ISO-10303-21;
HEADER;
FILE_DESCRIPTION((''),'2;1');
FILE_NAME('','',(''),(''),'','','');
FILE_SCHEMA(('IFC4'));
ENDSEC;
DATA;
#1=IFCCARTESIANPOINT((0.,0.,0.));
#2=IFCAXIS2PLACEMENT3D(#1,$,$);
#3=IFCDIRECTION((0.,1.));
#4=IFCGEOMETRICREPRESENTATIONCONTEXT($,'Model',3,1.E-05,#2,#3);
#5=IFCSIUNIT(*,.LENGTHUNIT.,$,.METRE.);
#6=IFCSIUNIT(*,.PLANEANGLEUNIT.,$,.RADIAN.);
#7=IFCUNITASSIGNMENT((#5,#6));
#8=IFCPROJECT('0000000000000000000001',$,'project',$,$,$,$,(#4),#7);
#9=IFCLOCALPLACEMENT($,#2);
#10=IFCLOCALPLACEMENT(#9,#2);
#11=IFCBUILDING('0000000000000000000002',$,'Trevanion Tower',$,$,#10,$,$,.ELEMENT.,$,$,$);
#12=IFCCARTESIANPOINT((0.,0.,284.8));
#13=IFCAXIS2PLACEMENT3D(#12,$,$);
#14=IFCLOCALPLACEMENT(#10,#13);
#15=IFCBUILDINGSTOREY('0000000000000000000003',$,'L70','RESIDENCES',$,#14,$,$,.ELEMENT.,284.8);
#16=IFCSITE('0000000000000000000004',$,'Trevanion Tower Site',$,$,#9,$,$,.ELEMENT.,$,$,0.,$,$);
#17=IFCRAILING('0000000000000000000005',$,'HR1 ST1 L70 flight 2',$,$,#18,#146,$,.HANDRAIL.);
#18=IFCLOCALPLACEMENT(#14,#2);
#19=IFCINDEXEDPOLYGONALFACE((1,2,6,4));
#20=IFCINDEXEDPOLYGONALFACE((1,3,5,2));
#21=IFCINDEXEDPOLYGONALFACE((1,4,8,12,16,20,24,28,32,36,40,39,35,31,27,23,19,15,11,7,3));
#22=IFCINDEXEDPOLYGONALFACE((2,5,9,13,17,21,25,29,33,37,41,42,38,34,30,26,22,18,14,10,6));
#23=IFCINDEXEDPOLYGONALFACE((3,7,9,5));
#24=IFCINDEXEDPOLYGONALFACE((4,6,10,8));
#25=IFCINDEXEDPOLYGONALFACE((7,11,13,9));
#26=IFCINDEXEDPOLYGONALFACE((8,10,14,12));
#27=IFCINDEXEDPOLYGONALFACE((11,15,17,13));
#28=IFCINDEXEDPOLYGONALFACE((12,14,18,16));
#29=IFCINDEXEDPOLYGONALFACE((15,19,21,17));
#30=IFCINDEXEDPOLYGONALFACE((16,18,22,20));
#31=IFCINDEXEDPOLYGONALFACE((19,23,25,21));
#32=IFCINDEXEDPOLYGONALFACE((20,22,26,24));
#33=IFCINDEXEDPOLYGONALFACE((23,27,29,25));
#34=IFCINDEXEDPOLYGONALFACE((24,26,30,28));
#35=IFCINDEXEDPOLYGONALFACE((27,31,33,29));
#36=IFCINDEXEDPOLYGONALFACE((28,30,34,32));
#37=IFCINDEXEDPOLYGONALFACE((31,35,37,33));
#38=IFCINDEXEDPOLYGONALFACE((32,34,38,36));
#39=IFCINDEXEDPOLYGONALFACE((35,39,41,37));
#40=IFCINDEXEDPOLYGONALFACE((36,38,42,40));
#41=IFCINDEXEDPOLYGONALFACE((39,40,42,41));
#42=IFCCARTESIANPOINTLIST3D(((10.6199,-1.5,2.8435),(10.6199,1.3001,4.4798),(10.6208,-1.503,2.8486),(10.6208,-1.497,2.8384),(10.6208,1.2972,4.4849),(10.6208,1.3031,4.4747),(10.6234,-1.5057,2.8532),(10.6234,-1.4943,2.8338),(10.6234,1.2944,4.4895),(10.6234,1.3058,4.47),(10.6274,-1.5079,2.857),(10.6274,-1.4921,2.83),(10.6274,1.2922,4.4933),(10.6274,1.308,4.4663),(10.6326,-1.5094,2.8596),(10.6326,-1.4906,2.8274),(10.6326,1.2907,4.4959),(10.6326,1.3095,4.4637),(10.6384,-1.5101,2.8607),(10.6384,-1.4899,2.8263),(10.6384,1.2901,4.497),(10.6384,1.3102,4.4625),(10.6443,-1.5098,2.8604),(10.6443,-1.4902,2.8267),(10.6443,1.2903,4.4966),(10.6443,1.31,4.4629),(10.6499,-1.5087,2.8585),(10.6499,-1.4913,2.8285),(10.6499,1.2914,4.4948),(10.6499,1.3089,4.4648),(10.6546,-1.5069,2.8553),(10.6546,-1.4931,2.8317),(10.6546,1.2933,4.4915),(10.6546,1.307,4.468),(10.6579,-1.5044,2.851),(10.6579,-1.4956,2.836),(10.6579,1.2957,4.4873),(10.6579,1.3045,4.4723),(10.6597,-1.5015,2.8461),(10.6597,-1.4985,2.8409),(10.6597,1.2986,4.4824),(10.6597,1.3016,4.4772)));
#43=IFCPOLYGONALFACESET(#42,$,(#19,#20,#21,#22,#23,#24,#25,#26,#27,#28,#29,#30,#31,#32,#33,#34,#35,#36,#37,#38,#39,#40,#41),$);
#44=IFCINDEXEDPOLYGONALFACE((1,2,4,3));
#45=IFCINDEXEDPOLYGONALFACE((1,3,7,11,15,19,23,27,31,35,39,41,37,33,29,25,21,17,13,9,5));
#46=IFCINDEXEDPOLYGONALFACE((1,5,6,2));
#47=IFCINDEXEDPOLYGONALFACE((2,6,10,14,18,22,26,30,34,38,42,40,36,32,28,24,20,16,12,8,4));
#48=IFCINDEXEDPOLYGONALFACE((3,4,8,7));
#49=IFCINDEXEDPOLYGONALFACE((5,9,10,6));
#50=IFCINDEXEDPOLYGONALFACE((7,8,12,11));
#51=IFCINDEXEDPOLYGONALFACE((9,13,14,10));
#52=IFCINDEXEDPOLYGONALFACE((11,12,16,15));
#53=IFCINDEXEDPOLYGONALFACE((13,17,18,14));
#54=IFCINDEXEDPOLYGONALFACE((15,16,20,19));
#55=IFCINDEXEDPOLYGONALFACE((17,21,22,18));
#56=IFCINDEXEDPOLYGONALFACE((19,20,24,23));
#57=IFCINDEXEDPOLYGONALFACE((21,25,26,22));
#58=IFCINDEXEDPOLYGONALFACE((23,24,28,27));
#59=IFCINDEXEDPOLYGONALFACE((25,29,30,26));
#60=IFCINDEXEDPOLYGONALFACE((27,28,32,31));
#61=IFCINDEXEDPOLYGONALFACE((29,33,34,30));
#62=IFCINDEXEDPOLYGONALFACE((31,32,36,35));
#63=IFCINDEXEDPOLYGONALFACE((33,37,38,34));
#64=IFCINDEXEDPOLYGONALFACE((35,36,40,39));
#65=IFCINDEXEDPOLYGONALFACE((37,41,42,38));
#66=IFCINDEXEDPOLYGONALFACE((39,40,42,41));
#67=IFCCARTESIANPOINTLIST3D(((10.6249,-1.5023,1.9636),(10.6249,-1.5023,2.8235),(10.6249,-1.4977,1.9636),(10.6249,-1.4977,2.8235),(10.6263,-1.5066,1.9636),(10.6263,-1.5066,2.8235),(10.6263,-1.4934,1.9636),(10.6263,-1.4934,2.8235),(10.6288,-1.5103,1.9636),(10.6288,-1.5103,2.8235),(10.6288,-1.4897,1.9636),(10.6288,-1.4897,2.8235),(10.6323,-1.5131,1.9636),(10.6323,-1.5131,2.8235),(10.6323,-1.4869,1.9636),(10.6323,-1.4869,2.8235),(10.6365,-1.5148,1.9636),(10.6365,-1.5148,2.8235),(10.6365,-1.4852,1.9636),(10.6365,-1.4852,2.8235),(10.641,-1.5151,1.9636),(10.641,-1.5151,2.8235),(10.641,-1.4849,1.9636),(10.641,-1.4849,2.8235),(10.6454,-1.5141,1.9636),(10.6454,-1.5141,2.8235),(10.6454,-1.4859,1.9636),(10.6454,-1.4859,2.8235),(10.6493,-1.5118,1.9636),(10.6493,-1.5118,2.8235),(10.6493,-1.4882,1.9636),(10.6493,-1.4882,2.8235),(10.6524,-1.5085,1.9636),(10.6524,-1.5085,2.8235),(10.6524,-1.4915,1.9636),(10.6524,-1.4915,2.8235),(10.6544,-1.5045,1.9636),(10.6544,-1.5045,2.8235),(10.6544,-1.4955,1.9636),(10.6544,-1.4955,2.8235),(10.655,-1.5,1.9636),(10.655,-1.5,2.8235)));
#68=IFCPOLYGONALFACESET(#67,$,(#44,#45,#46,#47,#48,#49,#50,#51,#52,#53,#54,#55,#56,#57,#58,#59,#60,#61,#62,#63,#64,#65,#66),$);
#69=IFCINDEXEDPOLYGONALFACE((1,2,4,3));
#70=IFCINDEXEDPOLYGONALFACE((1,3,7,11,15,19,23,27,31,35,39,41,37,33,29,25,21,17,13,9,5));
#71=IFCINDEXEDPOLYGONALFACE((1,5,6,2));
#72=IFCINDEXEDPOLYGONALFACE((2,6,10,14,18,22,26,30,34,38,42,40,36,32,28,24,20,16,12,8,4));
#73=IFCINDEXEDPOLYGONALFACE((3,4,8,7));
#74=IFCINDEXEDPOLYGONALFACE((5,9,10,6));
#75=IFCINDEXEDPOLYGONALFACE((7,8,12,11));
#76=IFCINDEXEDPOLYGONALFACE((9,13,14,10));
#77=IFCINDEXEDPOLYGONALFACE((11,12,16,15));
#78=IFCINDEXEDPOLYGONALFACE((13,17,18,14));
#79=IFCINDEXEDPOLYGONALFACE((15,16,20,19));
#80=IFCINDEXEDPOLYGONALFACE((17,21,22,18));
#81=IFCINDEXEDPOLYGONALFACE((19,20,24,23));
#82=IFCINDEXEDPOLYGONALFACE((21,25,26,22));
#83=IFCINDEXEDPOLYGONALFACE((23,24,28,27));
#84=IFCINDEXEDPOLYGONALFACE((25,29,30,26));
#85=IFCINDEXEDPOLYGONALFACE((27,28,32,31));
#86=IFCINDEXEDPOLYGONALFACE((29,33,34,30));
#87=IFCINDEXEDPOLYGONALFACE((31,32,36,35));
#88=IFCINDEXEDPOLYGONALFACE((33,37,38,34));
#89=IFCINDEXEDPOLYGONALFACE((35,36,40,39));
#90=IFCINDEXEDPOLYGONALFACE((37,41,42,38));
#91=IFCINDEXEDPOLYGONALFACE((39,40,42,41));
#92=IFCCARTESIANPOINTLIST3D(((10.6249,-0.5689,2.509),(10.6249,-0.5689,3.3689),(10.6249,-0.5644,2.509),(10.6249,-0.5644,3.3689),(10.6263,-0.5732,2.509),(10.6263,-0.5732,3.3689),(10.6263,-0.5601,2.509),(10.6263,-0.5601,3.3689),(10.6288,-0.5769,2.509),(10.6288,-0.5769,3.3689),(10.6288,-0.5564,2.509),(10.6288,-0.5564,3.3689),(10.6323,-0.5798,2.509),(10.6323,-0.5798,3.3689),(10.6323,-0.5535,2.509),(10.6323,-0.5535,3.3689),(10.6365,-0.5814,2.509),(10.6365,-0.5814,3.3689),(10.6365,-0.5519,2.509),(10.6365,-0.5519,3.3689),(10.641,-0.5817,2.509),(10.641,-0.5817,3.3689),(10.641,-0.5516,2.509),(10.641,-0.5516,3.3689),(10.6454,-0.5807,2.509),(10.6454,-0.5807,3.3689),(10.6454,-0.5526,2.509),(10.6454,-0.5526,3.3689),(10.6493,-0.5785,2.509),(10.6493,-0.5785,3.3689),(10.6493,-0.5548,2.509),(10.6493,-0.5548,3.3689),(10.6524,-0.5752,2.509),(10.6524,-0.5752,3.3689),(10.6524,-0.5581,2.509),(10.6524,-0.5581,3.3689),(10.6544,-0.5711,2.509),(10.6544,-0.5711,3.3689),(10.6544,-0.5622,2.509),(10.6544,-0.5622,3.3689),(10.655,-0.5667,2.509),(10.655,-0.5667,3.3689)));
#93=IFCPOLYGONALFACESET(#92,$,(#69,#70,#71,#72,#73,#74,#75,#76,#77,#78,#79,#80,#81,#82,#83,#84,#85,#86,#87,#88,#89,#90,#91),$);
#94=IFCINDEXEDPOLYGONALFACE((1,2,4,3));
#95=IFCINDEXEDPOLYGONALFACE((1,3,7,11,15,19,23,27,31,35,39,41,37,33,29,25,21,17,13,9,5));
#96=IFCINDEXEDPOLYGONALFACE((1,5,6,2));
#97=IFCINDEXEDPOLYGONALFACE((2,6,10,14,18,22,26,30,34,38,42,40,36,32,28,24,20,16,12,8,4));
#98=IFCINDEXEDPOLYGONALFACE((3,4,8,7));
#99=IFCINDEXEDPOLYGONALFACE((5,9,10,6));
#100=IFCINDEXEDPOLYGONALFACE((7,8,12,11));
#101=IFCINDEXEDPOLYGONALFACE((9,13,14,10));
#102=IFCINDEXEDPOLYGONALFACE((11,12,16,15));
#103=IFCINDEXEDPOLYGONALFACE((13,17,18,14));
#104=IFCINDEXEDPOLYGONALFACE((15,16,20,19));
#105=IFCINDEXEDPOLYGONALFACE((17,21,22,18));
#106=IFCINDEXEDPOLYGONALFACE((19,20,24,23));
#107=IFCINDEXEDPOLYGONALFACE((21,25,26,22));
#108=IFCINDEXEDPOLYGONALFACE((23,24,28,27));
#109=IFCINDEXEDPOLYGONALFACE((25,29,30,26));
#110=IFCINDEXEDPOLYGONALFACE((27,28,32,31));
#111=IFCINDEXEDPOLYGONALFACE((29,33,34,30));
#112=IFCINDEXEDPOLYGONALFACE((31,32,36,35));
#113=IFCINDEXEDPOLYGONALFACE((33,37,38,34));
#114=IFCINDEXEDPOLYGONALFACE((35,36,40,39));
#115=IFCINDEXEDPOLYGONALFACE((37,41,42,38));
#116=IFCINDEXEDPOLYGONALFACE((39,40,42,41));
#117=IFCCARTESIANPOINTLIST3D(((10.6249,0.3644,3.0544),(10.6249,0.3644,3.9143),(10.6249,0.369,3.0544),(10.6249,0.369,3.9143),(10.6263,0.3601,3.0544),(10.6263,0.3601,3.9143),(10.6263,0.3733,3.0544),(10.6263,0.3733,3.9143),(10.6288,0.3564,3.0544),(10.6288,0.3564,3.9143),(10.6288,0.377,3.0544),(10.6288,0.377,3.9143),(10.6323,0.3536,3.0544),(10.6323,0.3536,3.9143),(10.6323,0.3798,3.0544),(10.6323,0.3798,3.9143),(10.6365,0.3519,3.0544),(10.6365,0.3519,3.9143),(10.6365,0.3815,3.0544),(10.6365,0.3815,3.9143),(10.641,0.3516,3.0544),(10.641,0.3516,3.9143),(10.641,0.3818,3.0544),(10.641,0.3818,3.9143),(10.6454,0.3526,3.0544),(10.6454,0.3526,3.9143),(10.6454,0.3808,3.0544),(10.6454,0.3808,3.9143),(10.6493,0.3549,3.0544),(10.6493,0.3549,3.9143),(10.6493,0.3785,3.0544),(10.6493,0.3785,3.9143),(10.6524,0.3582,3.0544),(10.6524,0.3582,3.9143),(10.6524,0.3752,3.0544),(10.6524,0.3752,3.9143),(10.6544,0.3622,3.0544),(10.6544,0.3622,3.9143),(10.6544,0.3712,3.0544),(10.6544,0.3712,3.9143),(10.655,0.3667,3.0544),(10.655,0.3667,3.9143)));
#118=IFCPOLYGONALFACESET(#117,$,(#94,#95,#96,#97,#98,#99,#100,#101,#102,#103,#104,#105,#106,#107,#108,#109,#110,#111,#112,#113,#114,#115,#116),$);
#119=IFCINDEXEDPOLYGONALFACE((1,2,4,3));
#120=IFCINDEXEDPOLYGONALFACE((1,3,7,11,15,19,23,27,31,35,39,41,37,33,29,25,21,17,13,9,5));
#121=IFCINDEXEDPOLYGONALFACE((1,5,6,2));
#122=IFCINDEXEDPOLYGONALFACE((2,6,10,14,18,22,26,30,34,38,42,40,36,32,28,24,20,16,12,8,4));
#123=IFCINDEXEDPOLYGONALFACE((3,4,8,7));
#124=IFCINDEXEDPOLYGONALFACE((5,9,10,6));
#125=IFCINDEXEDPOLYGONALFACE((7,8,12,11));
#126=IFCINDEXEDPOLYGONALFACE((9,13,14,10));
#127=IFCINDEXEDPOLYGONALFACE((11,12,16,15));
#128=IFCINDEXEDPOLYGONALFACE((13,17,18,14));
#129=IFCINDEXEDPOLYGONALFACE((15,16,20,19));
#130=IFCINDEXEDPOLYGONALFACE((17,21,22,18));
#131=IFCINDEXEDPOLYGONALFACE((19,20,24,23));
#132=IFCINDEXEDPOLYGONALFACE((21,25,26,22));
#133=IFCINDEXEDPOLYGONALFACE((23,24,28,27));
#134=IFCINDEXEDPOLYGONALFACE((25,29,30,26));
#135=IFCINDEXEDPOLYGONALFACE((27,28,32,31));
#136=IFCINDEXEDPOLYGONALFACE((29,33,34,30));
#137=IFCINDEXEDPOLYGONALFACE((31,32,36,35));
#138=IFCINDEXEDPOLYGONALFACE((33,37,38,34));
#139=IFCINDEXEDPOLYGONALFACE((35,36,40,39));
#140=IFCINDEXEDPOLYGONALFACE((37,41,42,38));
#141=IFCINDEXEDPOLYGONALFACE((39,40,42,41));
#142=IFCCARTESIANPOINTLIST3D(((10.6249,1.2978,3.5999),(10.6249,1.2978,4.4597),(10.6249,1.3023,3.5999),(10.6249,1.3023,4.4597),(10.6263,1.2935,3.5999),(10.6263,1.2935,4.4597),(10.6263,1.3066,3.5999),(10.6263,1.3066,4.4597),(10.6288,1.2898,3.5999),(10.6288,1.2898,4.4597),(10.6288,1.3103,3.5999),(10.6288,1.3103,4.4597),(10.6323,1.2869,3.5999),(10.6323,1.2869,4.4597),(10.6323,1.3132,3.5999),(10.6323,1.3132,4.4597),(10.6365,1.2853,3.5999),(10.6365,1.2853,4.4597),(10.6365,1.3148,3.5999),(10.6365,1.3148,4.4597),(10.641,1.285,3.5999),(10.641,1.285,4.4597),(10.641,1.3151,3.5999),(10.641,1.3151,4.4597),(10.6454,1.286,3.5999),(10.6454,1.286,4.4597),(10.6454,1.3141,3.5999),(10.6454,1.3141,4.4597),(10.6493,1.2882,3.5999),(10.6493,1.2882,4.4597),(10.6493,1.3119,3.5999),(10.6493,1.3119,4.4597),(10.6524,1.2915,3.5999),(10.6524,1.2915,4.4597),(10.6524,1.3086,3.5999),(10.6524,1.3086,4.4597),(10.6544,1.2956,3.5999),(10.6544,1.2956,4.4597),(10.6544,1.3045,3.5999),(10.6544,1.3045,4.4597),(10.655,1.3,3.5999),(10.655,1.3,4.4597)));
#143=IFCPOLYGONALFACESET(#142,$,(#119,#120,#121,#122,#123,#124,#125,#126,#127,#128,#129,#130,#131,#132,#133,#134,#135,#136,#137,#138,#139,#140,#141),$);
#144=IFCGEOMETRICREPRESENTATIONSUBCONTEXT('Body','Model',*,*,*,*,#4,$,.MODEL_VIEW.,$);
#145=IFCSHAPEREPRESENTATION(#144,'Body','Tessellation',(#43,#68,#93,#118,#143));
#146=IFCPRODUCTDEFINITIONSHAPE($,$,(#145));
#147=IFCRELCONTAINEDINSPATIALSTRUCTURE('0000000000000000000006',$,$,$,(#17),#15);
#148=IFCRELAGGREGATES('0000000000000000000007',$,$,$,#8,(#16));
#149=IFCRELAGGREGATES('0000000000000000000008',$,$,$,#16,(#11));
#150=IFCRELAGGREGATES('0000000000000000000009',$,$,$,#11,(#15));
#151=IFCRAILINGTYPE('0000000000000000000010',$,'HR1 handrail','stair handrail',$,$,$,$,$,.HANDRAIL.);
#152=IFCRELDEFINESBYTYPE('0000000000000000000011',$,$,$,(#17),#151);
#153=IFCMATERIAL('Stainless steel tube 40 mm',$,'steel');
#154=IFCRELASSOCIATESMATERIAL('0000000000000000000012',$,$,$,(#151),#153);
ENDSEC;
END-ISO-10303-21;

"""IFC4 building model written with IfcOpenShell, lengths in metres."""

from ifc_helpers import new_model, si_unit, direction, frame, origin, origin_2d, place, context, subcontext, project, spatial, circle, extrude, material, type_object, element, save


model = new_model("IFC4")

# Units and contexts
model_context = context("Model", 3, precision=1e-05, world=origin(), true_north=direction((0.0, 1.0)))
body_context = subcontext(model_context, "Body", "Model", "MODEL_VIEW")
ifc_project = project(units=[si_unit("LENGTHUNIT", "METRE"), si_unit("PLANEANGLEUNIT", "RADIAN")], contexts=[model_context])

# Site, building, storey
site_placement = place(None, origin())
site = spatial("IfcSite", under=ifc_project, at=site_placement, Name="Trevanion Tower Site", CompositionType="ELEMENT", RefElevation=0.0)
building_placement = place(site_placement, origin())
building = spatial("IfcBuilding", under=site, at=building_placement, Name="Trevanion Tower", CompositionType="ELEMENT")
storey_placement = place(building_placement, frame((0.0, 0.0, 284.8)))
storey = spatial("IfcBuildingStorey", under=building, at=storey_placement, Name="L70", Description="RESIDENCES", CompositionType="ELEMENT", Elevation=284.8)

# Railing
ifc_material_1 = material(Name="Stainless steel tube 40 mm", Category="steel")
railing_type = type_object("IfcRailingType", Name="HR1 handrail", Description="stair handrail", PredefinedType="HANDRAIL", material=ifc_material_1)
for number, where, name in (
    (1, (10.6399, -1.5, 1.9636), "HR1 ST1 L70 flight 2"),
):
    element("IfcRailing", number, at=place(storey_placement, frame(where)), inside=storey, type_object=railing_type, Name=name, PredefinedType="HANDRAIL", context=body_context, shape_type="SweptSolid", body=[
        extrude(circle(Radius=0.02, at=origin_2d()), frame((0.0, 0.0, 0.8799), z_axis=(0.0, 0.863394, 0.504531), x_axis=(-1.0, 0.0, 0.0)), (0.0, 0.0, 1.0), 3.2432),
        extrude(circle(Radius=0.0151, at=origin_2d()), origin(), (0.0, 0.0, 1.0), 0.8599),
        extrude(circle(Radius=0.0151, at=origin_2d()), frame((0.0, 0.9333, 0.5454)), (0.0, 0.0, 1.0), 0.8599),
        extrude(circle(Radius=0.0151, at=origin_2d()), frame((0.0, 1.8667, 1.0908)), (0.0, 0.0, 1.0), 0.8599),
        extrude(circle(Radius=0.0151, at=origin_2d()), frame((0.0, 2.8, 1.6362)), (0.0, 0.0, 1.0), 0.8599),
    ])

save(model, "model.ifc")
